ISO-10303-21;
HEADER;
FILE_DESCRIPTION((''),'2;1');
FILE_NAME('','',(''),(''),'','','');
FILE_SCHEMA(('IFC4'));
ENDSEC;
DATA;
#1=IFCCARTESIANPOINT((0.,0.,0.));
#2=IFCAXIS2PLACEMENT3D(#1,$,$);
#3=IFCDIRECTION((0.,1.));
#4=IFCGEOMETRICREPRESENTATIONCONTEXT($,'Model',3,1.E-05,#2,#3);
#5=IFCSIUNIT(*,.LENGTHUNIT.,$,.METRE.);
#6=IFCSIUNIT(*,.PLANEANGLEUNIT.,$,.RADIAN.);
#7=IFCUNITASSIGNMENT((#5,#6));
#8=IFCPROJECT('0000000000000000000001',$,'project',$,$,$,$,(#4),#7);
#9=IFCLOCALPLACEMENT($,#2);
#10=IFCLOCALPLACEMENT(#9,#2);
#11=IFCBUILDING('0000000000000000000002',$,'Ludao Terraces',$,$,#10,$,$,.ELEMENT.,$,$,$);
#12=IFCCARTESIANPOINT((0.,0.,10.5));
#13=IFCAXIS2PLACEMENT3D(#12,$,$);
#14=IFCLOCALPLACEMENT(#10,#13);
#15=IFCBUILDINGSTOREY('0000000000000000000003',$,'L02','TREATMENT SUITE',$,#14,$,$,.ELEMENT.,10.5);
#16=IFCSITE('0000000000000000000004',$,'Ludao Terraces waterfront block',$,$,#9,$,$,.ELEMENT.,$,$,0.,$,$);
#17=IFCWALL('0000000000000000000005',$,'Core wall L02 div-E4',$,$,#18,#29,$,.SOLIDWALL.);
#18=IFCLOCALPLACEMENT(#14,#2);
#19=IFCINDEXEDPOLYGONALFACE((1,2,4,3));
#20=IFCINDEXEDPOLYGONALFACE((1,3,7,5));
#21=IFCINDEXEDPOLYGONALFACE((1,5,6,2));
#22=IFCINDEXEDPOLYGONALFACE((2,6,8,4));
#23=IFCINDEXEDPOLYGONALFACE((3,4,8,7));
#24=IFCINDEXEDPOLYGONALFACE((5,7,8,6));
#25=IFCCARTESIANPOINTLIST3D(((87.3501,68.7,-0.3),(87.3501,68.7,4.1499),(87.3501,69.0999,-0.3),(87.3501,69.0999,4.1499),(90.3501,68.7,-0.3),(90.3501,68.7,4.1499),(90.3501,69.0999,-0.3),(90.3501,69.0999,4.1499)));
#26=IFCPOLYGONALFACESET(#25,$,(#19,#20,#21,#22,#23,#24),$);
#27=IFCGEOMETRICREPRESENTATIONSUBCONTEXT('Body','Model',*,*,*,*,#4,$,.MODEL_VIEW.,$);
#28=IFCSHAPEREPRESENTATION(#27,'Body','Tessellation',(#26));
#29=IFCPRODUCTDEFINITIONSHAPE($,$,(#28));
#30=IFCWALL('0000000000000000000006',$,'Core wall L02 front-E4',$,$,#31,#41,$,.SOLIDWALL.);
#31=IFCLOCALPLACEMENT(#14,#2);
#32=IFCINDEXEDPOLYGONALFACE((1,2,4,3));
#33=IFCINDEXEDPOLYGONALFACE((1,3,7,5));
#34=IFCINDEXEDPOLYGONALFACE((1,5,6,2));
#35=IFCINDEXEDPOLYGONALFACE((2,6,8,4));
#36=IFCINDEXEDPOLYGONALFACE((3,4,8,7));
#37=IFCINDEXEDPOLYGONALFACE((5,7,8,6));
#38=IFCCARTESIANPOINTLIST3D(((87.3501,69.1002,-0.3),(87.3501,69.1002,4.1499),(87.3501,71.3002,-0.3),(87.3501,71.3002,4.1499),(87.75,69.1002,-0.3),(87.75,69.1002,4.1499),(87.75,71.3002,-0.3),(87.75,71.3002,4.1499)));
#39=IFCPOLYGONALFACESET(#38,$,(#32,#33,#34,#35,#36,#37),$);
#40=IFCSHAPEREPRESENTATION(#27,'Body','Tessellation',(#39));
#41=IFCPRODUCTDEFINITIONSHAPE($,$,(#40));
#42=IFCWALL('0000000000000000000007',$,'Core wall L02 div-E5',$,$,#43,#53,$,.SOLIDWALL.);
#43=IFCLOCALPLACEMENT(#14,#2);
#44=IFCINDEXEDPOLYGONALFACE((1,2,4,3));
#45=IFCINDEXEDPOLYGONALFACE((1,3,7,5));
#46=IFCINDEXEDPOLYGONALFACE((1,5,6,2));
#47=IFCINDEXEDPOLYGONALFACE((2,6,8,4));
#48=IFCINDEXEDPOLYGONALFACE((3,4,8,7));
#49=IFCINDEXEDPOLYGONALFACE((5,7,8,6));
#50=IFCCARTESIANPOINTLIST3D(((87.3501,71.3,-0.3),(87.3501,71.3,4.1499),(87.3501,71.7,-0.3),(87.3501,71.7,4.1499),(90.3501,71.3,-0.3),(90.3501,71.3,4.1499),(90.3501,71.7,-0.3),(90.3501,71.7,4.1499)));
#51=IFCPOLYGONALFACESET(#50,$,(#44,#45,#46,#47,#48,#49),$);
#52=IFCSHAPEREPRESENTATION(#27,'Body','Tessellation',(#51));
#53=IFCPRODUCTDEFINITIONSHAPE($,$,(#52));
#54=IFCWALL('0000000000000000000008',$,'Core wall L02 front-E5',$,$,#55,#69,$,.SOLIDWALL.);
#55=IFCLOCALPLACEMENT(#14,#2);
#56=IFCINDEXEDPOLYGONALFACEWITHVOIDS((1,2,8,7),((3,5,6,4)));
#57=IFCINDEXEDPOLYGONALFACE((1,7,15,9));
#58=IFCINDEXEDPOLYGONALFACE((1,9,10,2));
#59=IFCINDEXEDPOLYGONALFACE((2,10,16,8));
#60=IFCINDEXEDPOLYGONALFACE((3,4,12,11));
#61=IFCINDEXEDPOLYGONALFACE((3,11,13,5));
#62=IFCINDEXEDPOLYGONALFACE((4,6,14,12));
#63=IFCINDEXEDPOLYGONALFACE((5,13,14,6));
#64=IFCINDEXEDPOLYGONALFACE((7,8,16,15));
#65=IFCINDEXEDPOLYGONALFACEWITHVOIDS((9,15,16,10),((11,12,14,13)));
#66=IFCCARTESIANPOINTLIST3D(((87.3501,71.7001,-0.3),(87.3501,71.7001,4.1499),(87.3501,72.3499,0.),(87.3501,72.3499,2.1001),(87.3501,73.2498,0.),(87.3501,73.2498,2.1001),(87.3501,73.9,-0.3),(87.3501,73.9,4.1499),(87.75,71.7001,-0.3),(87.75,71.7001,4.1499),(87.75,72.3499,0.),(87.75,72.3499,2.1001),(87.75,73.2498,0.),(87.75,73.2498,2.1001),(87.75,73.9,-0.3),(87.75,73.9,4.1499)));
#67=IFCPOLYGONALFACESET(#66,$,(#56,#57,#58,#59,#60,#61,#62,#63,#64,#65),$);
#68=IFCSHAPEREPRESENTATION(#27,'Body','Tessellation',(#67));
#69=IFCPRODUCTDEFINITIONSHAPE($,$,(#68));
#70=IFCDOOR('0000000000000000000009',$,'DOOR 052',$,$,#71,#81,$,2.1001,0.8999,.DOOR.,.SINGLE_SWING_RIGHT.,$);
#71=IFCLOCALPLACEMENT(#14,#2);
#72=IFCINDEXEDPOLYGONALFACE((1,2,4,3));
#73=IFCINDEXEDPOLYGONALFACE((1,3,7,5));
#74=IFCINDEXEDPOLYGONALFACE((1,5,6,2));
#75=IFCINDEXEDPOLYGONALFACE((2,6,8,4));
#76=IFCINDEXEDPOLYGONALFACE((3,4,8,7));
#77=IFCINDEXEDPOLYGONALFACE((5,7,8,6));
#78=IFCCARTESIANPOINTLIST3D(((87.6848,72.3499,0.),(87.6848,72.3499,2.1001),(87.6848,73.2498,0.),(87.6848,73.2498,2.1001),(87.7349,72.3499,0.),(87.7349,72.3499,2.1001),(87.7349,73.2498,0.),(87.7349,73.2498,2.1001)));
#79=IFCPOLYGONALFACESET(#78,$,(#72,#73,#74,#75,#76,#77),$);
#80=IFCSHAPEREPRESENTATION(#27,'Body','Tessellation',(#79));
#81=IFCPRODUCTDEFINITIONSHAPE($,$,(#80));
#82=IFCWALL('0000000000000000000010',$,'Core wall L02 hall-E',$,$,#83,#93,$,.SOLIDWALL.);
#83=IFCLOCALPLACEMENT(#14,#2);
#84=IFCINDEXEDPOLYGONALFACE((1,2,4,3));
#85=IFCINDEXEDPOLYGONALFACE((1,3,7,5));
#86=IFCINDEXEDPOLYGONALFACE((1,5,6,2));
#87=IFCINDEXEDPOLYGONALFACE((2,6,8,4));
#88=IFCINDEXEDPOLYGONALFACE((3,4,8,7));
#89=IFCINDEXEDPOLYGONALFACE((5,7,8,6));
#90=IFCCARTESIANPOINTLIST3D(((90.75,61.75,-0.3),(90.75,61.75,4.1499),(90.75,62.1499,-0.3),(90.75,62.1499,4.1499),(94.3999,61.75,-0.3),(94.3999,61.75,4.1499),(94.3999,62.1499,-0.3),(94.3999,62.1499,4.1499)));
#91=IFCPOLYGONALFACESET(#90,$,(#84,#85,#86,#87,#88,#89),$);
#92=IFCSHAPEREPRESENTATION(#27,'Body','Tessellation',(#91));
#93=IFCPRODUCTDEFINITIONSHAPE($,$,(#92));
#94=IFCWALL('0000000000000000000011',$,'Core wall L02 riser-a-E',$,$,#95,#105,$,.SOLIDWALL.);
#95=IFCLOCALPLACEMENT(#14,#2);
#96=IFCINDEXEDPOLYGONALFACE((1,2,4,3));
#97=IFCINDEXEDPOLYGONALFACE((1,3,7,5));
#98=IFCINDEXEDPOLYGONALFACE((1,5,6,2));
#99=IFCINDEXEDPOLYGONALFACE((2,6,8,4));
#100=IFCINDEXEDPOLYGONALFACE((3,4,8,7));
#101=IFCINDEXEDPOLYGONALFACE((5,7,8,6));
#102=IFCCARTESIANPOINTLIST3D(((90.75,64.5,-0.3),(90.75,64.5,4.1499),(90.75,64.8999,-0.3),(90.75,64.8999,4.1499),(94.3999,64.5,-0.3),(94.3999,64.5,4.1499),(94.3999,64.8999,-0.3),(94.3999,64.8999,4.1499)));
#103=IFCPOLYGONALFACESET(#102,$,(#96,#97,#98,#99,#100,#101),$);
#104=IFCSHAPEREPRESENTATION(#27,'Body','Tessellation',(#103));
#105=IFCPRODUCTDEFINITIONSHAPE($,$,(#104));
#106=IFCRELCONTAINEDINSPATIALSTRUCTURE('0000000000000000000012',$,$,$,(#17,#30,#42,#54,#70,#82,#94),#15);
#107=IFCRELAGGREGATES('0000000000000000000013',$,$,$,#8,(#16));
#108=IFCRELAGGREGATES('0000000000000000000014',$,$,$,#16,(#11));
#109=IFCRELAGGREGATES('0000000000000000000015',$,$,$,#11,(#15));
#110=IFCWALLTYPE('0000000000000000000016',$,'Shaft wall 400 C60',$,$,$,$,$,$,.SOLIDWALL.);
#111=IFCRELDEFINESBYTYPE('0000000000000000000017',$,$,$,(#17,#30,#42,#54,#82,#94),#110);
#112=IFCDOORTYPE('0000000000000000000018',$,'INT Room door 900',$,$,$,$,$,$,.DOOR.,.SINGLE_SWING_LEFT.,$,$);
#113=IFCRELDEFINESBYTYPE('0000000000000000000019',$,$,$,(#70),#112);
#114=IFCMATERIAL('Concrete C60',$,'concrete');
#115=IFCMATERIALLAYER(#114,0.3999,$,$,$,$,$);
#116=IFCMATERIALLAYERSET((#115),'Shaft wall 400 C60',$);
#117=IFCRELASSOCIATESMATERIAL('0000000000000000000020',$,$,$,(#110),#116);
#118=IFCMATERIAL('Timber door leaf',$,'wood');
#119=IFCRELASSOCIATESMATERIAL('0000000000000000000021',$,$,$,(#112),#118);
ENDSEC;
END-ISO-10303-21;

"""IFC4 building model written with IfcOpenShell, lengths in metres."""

from ifc_helpers import new_model, si_unit, direction, frame, frame_2d, origin, place, context, subcontext, project, spatial, rectangle, extrude, material, layer, layer_set, type_object, element, fill, save


model = new_model("IFC4")

# Units and contexts
model_context = context("Model", 3, precision=1e-05, world=origin(), true_north=direction((0.0, 1.0)))
body_context = subcontext(model_context, "Body", "Model", "MODEL_VIEW")
ifc_project = project(units=[si_unit("LENGTHUNIT", "METRE"), si_unit("PLANEANGLEUNIT", "RADIAN")], contexts=[model_context])

# Site, building, storey
site_placement = place(None, origin())
site = spatial("IfcSite", under=ifc_project, at=site_placement, Name="Ludao Terraces waterfront block", CompositionType="ELEMENT", RefElevation=0.0)
building_placement = place(site_placement, origin())
building = spatial("IfcBuilding", under=site, at=building_placement, Name="Ludao Terraces", CompositionType="ELEMENT")
storey_placement = place(building_placement, frame((0.0, 0.0, 10.5)))
storey = spatial("IfcBuildingStorey", under=building, at=storey_placement, Name="L02", Description="TREATMENT SUITE", CompositionType="ELEMENT", Elevation=10.5)

# Shared definitions
ifc_material_1 = material(Name="Concrete C60", Category="concrete")
ifc_layer_1 = layer(ifc_material_1, 0.3999)
ifc_layer_set_1 = layer_set([ifc_layer_1], Name="Shaft wall 400 C60")
wall_type_1 = type_object("IfcWallType", Name="Shaft wall 400 C60", PredefinedType="SOLIDWALL", material=ifc_layer_set_1)

# Walls
wall_1_placement = place(storey_placement, frame((87.3501, 68.8999, -0.3), z_axis=(0.0, 0.0, 1.0), x_axis=(1.0, 0.0, 0.0)))
element("IfcWall", 1, at=wall_1_placement, inside=storey, type_object=wall_type_1, Name="Core wall L02 div-E4", PredefinedType="SOLIDWALL", context=body_context, shape_type="SweptSolid", body=[
    extrude(rectangle(XDim=3.0, YDim=0.3999, at=frame_2d((1.5, 0.0))), origin(), (0.0, 0.0, 1.0), 4.45),
])
wall_2_placement = place(storey_placement, frame((87.55, 69.1001, -0.3), z_axis=(0.0, 0.0, 1.0), x_axis=(0.0, 1.0, 0.0)))
element("IfcWall", 2, at=wall_2_placement, inside=storey, type_object=wall_type_1, Name="Core wall L02 front-E4", PredefinedType="SOLIDWALL", context=body_context, shape_type="SweptSolid", body=[
    extrude(rectangle(XDim=2.2, YDim=0.3999, at=frame_2d((1.1001, 0.0))), origin(), (0.0, 0.0, 1.0), 4.45),
])
wall_3_placement = place(storey_placement, frame((87.3501, 71.5, -0.3), z_axis=(0.0, 0.0, 1.0), x_axis=(1.0, 0.0, 0.0)))
element("IfcWall", 3, at=wall_3_placement, inside=storey, type_object=wall_type_1, Name="Core wall L02 div-E5", PredefinedType="SOLIDWALL", context=body_context, shape_type="SweptSolid", body=[
    extrude(rectangle(XDim=3.0, YDim=0.3999, at=frame_2d((1.5, 0.0))), origin(), (0.0, 0.0, 1.0), 4.45),
])

# Wall, opening, door
wall_4_placement = place(storey_placement, frame((87.55, 71.7, -0.3), z_axis=(0.0, 0.0, 1.0), x_axis=(0.0, 1.0, 0.0)))
wall_4 = element("IfcWall", 4, at=wall_4_placement, inside=storey, type_object=wall_type_1, Name="Core wall L02 front-E5", PredefinedType="SOLIDWALL", context=body_context, shape_type="SweptSolid", body=[
    extrude(rectangle(XDim=2.2, YDim=0.3999, at=frame_2d((1.1001, 0.0))), origin(), (0.0, 0.0, 1.0), 4.45),
])
opening_1_placement = place(wall_4_placement, frame((0.6499, 0.0, 0.3)))
opening_1 = element("IfcOpeningElement", 5, at=opening_1_placement, cuts=wall_4, PredefinedType="OPENING", context=body_context, shape_type="SweptSolid", body=[
    extrude(rectangle(XDim=0.8999, YDim=2.1001, at=frame_2d((0.45, 1.05))), frame((0.0, 0.21, 0.0), z_axis=(0.0, -1.0, 0.0), x_axis=(1.0, 0.0, 0.0)), (0.0, 0.0, 1.0), 0.4199),
])
ifc_material_2 = material(Name="Timber door leaf", Category="wood")
door_type_1 = type_object("IfcDoorType", Name="INT Room door 900", OperationType="SINGLE_SWING_LEFT", PredefinedType="DOOR", material=ifc_material_2)
door_1_placement = place(opening_1_placement, origin())
door_1 = element("IfcDoor", 6, at=door_1_placement, inside=storey, type_object=door_type_1, Name="DOOR 052", OperationType="SINGLE_SWING_RIGHT", OverallHeight=2.1001, OverallWidth=0.8999, PredefinedType="DOOR", context=body_context, shape_type="SweptSolid", body=[
    extrude(rectangle(XDim=0.8999, YDim=2.1001, at=frame_2d((0.45, 1.05))), frame((0.0, -0.1348, 0.0), z_axis=(0.0, -1.0, 0.0), x_axis=(1.0, 0.0, 0.0)), (0.0, 0.0, 1.0), 0.05),
])
fill(opening_1, door_1)

# Walls
for number, where, z_axis, x_axis, name in (
    (7, (90.75, 61.95, -0.3), (0.0, 0.0, 1.0), (1.0, 0.0, 0.0), "Core wall L02 hall-E"),
    (8, (90.75, 64.7, -0.3), (0.0, 0.0, 1.0), (1.0, 0.0, 0.0), "Core wall L02 riser-a-E"),
):
    element("IfcWall", number, at=place(storey_placement, frame(where, z_axis=z_axis, x_axis=x_axis)), inside=storey, type_object=wall_type_1, Name=name, PredefinedType="SOLIDWALL", context=body_context, shape_type="SweptSolid", body=[
        extrude(rectangle(XDim=3.6499, YDim=0.3999, at=frame_2d((1.825, 0.0))), origin(), (0.0, 0.0, 1.0), 4.45),
    ])

save(model, "model.ifc")
